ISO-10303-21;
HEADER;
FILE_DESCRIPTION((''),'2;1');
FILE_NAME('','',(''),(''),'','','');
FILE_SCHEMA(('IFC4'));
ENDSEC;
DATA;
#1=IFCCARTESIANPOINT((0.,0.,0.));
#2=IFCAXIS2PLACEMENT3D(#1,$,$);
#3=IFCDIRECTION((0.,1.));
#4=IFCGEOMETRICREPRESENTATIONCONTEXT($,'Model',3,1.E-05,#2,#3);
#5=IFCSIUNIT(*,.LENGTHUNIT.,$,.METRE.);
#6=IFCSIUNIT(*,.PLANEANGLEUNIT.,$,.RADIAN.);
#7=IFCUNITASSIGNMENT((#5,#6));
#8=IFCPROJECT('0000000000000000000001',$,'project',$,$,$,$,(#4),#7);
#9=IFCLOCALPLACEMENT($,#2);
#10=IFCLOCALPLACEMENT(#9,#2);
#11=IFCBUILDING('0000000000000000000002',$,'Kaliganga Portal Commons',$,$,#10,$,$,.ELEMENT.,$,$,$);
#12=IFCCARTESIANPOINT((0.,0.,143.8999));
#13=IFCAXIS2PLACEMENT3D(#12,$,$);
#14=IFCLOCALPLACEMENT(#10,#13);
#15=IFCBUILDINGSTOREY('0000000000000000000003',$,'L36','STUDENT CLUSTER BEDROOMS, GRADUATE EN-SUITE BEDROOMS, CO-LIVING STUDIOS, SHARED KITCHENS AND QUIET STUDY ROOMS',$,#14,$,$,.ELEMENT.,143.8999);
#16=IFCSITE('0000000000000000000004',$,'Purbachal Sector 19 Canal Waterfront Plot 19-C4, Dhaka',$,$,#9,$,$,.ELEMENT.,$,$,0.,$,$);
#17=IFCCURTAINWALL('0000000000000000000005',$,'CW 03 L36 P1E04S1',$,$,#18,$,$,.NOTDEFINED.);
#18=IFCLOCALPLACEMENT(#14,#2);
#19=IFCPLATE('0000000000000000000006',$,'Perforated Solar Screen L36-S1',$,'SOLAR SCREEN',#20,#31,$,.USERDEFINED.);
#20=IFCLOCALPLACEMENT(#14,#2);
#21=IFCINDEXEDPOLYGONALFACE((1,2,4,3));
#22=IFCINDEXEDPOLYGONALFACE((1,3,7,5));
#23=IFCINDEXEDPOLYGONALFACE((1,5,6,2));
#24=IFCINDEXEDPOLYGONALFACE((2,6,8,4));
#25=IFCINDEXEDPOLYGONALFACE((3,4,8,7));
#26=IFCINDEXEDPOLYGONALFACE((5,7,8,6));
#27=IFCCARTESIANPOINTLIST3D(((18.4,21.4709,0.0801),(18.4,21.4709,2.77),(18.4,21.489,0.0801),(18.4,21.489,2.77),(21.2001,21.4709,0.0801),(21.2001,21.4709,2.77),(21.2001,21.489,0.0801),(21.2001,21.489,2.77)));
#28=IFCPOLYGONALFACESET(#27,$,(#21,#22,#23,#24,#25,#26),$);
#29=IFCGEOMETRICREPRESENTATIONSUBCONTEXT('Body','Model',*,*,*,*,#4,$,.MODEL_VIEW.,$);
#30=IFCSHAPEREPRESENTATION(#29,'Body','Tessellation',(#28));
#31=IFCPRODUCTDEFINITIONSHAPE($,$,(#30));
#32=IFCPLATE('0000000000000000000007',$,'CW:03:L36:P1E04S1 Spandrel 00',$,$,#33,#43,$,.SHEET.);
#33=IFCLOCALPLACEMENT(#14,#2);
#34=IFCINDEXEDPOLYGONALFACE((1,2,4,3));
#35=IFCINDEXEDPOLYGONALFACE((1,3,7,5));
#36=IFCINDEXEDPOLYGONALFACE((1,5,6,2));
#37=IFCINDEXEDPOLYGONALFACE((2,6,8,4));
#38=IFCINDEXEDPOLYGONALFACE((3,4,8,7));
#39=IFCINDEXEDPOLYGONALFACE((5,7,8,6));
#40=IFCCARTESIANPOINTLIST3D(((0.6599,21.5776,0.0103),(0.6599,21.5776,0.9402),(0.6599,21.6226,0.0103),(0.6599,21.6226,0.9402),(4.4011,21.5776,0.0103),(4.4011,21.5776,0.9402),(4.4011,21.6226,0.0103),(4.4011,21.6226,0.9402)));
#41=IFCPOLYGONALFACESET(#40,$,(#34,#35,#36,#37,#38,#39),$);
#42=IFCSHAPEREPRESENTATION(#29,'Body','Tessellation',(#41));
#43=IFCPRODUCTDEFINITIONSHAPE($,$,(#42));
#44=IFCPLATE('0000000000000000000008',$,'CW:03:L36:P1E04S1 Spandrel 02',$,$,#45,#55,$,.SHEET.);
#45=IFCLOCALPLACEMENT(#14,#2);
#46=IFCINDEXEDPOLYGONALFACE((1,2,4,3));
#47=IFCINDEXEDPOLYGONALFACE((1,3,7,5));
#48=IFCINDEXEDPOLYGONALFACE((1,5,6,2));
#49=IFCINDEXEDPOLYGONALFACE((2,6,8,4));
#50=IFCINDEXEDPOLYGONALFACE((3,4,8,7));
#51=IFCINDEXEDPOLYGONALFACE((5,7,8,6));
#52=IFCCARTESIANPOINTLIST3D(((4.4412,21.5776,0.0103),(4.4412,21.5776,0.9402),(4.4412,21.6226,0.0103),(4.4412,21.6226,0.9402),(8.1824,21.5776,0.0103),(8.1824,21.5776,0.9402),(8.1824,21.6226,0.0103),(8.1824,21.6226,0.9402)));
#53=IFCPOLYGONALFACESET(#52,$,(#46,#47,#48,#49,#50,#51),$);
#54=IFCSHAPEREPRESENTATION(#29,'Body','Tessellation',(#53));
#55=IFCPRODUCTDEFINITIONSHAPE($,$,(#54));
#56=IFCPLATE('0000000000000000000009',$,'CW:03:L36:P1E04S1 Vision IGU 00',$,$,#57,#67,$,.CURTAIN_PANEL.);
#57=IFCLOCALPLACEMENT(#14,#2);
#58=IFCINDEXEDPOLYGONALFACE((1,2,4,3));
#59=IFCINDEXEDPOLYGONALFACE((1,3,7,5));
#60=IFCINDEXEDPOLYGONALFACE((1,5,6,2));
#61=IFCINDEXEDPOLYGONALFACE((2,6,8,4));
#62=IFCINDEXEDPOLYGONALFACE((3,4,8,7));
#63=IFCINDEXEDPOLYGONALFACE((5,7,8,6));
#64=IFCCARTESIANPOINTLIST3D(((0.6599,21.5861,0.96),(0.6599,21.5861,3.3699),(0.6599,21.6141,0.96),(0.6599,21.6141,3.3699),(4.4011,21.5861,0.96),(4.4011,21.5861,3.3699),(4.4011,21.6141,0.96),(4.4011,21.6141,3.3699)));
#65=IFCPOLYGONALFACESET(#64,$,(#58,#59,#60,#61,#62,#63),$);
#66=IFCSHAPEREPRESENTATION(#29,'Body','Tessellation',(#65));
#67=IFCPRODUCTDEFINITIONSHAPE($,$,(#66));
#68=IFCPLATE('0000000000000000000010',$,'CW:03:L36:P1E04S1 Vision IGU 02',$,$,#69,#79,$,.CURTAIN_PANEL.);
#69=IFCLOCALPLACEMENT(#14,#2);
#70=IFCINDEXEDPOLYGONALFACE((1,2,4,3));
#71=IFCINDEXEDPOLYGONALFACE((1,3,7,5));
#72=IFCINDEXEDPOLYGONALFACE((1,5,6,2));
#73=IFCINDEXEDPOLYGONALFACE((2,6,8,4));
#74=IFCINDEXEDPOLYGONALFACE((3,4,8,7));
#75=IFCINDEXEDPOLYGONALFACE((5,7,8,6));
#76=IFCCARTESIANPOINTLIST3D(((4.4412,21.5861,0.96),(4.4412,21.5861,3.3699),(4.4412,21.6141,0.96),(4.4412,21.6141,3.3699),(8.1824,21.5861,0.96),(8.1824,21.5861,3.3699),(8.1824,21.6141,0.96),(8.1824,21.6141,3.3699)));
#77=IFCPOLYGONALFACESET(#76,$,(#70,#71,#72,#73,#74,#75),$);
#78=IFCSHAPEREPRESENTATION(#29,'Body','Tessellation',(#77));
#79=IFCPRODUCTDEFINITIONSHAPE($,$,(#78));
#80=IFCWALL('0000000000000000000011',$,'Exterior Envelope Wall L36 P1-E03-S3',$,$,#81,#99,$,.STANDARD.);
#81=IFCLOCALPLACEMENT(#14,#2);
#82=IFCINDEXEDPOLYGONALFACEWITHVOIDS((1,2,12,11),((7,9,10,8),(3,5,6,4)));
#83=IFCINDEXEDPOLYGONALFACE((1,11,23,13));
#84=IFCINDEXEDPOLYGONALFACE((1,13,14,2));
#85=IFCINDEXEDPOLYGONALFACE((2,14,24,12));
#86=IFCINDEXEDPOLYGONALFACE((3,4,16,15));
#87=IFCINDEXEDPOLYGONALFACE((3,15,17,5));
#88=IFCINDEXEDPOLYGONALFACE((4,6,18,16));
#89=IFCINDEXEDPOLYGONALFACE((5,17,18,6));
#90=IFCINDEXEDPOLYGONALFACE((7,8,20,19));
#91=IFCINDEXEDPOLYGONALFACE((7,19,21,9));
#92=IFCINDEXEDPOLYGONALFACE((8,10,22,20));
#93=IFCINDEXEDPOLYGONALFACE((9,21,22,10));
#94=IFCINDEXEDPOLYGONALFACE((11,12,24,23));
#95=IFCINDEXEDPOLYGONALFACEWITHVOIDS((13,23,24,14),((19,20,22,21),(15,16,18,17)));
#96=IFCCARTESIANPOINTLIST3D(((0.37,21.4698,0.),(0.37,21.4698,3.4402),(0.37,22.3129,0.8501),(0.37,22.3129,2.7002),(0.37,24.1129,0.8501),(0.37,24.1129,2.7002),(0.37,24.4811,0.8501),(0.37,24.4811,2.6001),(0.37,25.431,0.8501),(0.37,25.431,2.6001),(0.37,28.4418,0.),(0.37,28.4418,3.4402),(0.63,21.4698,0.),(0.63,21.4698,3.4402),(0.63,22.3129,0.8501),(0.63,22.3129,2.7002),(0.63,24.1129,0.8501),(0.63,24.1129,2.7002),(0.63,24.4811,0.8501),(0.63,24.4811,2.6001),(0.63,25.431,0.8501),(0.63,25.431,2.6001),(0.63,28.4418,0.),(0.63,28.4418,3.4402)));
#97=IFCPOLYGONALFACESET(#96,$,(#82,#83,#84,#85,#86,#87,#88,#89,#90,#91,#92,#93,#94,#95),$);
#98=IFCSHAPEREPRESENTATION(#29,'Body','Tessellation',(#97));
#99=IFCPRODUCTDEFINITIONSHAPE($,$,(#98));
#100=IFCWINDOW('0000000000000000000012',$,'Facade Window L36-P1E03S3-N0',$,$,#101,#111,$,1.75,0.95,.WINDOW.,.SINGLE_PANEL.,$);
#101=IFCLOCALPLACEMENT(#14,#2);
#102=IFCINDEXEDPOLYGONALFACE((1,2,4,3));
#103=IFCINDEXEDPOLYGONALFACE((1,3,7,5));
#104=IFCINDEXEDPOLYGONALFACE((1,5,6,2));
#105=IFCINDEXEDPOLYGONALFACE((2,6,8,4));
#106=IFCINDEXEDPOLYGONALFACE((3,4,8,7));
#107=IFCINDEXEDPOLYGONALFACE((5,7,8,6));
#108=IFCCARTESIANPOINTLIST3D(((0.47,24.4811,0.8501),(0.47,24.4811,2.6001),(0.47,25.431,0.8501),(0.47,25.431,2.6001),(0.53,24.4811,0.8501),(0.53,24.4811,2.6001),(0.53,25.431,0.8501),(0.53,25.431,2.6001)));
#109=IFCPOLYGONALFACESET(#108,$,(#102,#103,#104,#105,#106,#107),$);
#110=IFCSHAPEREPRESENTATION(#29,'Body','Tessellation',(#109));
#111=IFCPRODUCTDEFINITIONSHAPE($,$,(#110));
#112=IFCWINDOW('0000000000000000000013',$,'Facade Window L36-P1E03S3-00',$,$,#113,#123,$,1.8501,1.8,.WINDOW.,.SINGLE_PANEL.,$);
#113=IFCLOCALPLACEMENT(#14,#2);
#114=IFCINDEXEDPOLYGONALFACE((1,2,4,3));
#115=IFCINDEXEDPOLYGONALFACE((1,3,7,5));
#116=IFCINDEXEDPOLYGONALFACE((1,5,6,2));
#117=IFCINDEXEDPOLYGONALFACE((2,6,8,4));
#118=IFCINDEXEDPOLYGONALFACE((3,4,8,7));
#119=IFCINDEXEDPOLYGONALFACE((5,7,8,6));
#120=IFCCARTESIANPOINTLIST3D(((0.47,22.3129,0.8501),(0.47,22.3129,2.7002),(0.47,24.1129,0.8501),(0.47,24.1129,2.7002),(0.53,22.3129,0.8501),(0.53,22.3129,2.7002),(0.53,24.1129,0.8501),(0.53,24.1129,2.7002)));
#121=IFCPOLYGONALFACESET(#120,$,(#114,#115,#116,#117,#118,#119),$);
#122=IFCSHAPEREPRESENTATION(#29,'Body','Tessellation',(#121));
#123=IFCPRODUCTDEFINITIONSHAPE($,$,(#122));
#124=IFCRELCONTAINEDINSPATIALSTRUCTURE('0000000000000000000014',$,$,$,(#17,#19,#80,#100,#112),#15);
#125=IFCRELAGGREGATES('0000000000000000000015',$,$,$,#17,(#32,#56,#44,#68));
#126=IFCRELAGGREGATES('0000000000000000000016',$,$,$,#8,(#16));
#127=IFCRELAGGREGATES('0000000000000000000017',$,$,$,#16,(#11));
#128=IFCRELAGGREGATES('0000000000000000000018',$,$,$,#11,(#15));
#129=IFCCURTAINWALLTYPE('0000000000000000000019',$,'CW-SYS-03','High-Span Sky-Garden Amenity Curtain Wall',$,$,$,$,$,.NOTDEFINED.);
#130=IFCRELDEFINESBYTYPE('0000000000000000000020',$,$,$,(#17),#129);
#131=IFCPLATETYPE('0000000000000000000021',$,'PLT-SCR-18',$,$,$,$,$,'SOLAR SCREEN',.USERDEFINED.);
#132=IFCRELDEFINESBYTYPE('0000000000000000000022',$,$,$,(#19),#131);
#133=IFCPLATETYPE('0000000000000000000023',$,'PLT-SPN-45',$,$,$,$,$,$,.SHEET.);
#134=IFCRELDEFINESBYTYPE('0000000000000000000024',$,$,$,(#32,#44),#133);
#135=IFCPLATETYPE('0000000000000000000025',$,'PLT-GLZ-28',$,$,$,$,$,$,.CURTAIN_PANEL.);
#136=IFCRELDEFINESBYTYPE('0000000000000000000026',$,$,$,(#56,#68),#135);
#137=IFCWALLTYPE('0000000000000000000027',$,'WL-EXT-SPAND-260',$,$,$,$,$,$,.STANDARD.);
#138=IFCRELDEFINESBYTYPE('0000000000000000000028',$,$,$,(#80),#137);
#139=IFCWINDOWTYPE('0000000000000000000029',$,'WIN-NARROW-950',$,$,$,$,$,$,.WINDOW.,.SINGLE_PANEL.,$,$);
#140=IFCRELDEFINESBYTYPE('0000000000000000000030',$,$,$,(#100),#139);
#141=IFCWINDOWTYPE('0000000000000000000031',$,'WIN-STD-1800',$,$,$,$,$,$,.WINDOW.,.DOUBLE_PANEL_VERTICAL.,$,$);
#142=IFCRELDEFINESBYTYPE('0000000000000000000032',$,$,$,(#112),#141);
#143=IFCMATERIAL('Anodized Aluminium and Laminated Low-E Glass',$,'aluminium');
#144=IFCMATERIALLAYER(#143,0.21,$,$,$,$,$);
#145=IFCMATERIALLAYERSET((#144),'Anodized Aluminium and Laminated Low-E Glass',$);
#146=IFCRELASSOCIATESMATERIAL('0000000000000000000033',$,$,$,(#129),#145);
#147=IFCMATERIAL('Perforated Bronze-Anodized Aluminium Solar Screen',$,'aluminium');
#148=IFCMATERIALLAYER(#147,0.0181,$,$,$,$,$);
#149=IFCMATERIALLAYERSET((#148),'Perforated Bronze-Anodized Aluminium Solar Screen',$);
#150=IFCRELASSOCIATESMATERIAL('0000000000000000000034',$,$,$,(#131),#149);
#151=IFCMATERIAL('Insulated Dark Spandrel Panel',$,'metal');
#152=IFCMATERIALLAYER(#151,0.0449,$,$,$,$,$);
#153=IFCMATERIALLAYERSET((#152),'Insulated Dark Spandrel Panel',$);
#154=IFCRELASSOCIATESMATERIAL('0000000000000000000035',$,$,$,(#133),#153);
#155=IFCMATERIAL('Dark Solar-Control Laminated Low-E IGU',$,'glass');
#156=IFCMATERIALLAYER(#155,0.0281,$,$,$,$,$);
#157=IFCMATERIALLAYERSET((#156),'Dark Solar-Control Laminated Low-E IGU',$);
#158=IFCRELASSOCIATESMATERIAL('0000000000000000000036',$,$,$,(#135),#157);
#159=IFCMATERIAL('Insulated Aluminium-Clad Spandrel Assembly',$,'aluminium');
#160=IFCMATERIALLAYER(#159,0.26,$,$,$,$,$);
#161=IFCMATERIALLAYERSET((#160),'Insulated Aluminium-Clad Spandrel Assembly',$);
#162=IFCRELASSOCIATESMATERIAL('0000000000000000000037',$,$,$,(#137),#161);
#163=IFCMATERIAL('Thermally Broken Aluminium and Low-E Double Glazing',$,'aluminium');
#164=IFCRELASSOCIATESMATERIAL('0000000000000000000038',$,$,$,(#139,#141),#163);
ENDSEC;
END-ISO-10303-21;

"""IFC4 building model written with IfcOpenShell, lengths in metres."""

from ifc_helpers import new_model, si_unit, direction, frame, frame_2d, origin, origin_2d, place, context, subcontext, project, spatial, rectangle, extrude, source, transform, mapped, material, layer, layer_set, type_object, element, fill, aggregate, save


model = new_model("IFC4")

# Units and contexts
model_context = context("Model", 3, precision=1e-05, world=origin(), true_north=direction((0.0, 1.0)))
body_context = subcontext(model_context, "Body", "Model", "MODEL_VIEW")
ifc_project = project(units=[si_unit("LENGTHUNIT", "METRE"), si_unit("PLANEANGLEUNIT", "RADIAN")], contexts=[model_context])

# Site, building, storey
site_placement = place(None, origin())
site = spatial("IfcSite", under=ifc_project, at=site_placement, Name="Purbachal Sector 19 Canal Waterfront Plot 19-C4, Dhaka", CompositionType="ELEMENT", RefElevation=0.0)
building_placement = place(site_placement, origin())
building = spatial("IfcBuilding", under=site, at=building_placement, Name="Kaliganga Portal Commons", CompositionType="ELEMENT")
storey_placement = place(building_placement, frame((0.0, 0.0, 143.8999)))
storey = spatial("IfcBuildingStorey", under=building, at=storey_placement, Name="L36", Description="STUDENT CLUSTER BEDROOMS, GRADUATE EN-SUITE BEDROOMS, CO-LIVING STUDIOS, SHARED KITCHENS AND QUIET STUDY ROOMS", CompositionType="ELEMENT", Elevation=143.8999)

# Curtain wall
ifc_material_1 = material(Name="Anodized Aluminium and Laminated Low-E Glass", Category="aluminium")
ifc_layer_1 = layer(ifc_material_1, 0.21)
ifc_layer_set_1 = layer_set([ifc_layer_1], Name="Anodized Aluminium and Laminated Low-E Glass")
curtain_wall_type = type_object("IfcCurtainWallType", Name="CW-SYS-03", Description="High-Span Sky-Garden Amenity Curtain Wall", PredefinedType="NOTDEFINED", material=ifc_layer_set_1)
curtain_wall_placement = place(storey_placement, origin())
curtain_wall = element("IfcCurtainWall", 1, at=curtain_wall_placement, inside=storey, type_object=curtain_wall_type, Name="CW 03 L36 P1E04S1", PredefinedType="NOTDEFINED")

# Plates
ifc_material_2 = material(Name="Perforated Bronze-Anodized Aluminium Solar Screen", Category="aluminium")
ifc_layer_2 = layer(ifc_material_2, 0.0181)
ifc_layer_set_2 = layer_set([ifc_layer_2], Name="Perforated Bronze-Anodized Aluminium Solar Screen")
plate_type_1 = type_object("IfcPlateType", Name="PLT-SCR-18", ElementType="SOLAR SCREEN", PredefinedType="USERDEFINED", material=ifc_layer_set_2)
shared_shape_1 = source(origin(), body_context, "Body", "SweptSolid", [
    extrude(rectangle(XDim=2.8, YDim=0.0181, at=origin_2d()), origin(), (0.0, 0.0, 1.0), 2.6899),
])
plate_1_placement = place(storey_placement, frame((19.8, 21.48, 0.0801), z_axis=(0.0, 0.0, 1.0), x_axis=(1.0, 0.0, 0.0)))
element("IfcPlate", 2, at=plate_1_placement, inside=storey, type_object=plate_type_1, Name="Perforated Solar Screen L36-S1", ObjectType="SOLAR SCREEN", PredefinedType="USERDEFINED", context=body_context, shape_type="MappedRepresentation", body=[
    mapped(shared_shape_1, transform((0.0, 0.0, 0.0), x_axis=(1.0, 0.0, 0.0), y_axis=(0.0, 1.0, 0.0), z_axis=(0.0, 0.0, 1.0), scale=1.0)),
])
ifc_material_3 = material(Name="Insulated Dark Spandrel Panel", Category="metal")
ifc_layer_3 = layer(ifc_material_3, 0.0449)
ifc_layer_set_3 = layer_set([ifc_layer_3], Name="Insulated Dark Spandrel Panel")
plate_type_2 = type_object("IfcPlateType", Name="PLT-SPN-45", PredefinedType="SHEET", material=ifc_layer_set_3)
shared_shape_2 = source(origin(), body_context, "Body", "SweptSolid", [
    extrude(rectangle(XDim=3.7412, YDim=0.0449, at=origin_2d()), origin(), (0.0, 0.0, 1.0), 0.9299),
])
plate_2_placement = place(storey_placement, frame((2.5305, 21.6001, 0.0103), z_axis=(0.0, 0.0, 1.0), x_axis=(1.0, 0.0, 0.0)))
plate_2 = element("IfcPlate", 3, at=plate_2_placement, type_object=plate_type_2, Name="CW:03:L36:P1E04S1 Spandrel 00", PredefinedType="SHEET", context=body_context, shape_type="MappedRepresentation", body=[
    mapped(shared_shape_2, transform((0.0, 0.0, 0.0), x_axis=(1.0, 0.0, 0.0), y_axis=(0.0, 1.0, 0.0), z_axis=(0.0, 0.0, 1.0), scale=1.0)),
])
plate_3_placement = place(storey_placement, frame((6.3118, 21.6001, 0.0103), z_axis=(0.0, 0.0, 1.0), x_axis=(1.0, 0.0, 0.0)))
plate_3 = element("IfcPlate", 4, at=plate_3_placement, type_object=plate_type_2, Name="CW:03:L36:P1E04S1 Spandrel 02", PredefinedType="SHEET", context=body_context, shape_type="MappedRepresentation", body=[
    mapped(shared_shape_2, transform((0.0, 0.0, 0.0), x_axis=(1.0, 0.0, 0.0), y_axis=(0.0, 1.0, 0.0), z_axis=(0.0, 0.0, 1.0), scale=1.0)),
])
ifc_material_4 = material(Name="Dark Solar-Control Laminated Low-E IGU", Category="glass")
ifc_layer_4 = layer(ifc_material_4, 0.0281)
ifc_layer_set_4 = layer_set([ifc_layer_4], Name="Dark Solar-Control Laminated Low-E IGU")
plate_type_3 = type_object("IfcPlateType", Name="PLT-GLZ-28", PredefinedType="CURTAIN_PANEL", material=ifc_layer_set_4)
shared_shape_3 = source(origin(), body_context, "Body", "SweptSolid", [
    extrude(rectangle(XDim=3.7412, YDim=0.0281, at=origin_2d()), origin(), (0.0, 0.0, 1.0), 2.4099),
])
plate_4_placement = place(storey_placement, frame((2.5305, 21.6001, 0.96), z_axis=(0.0, 0.0, 1.0), x_axis=(1.0, 0.0, 0.0)))
plate_4 = element("IfcPlate", 5, at=plate_4_placement, type_object=plate_type_3, Name="CW:03:L36:P1E04S1 Vision IGU 00", PredefinedType="CURTAIN_PANEL", context=body_context, shape_type="MappedRepresentation", body=[
    mapped(shared_shape_3, transform((0.0, 0.0, 0.0), x_axis=(1.0, 0.0, 0.0), y_axis=(0.0, 1.0, 0.0), z_axis=(0.0, 0.0, 1.0), scale=1.0)),
])
plate_5_placement = place(storey_placement, frame((6.3118, 21.6001, 0.96), z_axis=(0.0, 0.0, 1.0), x_axis=(1.0, 0.0, 0.0)))
plate_5 = element("IfcPlate", 6, at=plate_5_placement, type_object=plate_type_3, Name="CW:03:L36:P1E04S1 Vision IGU 02", PredefinedType="CURTAIN_PANEL", context=body_context, shape_type="MappedRepresentation", body=[
    mapped(shared_shape_3, transform((0.0, 0.0, 0.0), x_axis=(1.0, 0.0, 0.0), y_axis=(0.0, 1.0, 0.0), z_axis=(0.0, 0.0, 1.0), scale=1.0)),
])
aggregate(curtain_wall, [plate_2, plate_4, plate_3, plate_5])

# Wall, openings, windows
ifc_material_5 = material(Name="Insulated Aluminium-Clad Spandrel Assembly", Category="aluminium")
ifc_layer_5 = layer(ifc_material_5, 0.26)
ifc_layer_set_5 = layer_set([ifc_layer_5], Name="Insulated Aluminium-Clad Spandrel Assembly")
wall_type = type_object("IfcWallType", Name="WL-EXT-SPAND-260", PredefinedType="STANDARD", material=ifc_layer_set_5)
wall_placement = place(storey_placement, frame((0.5, 21.47, 0.0), z_axis=(0.0, 0.0, 1.0), x_axis=(0.0, 1.0, 0.0)))
wall = element("IfcWall", 7, at=wall_placement, inside=storey, type_object=wall_type, Name="Exterior Envelope Wall L36 P1-E03-S3", PredefinedType="STANDARD", context=body_context, shape_type="SweptSolid", body=[
    extrude(rectangle(XDim=6.9719, YDim=0.26, at=frame_2d((3.4858, 0.0))), origin(), (0.0, 0.0, 1.0), 3.4402),
])
opening_1_placement = place(wall_placement, frame((0.843, 0.0, 0.8501)))
opening_1 = element("IfcOpeningElement", 8, at=opening_1_placement, cuts=wall, PredefinedType="OPENING", context=body_context, shape_type="SweptSolid", body=[
    extrude(rectangle(XDim=1.8, YDim=1.8501, at=frame_2d((0.8999, 0.925))), frame((0.0, 0.1401, 0.0), z_axis=(0.0, -1.0, 0.0), x_axis=(1.0, 0.0, 0.0)), (0.0, 0.0, 1.0), 0.28),
])
opening_2_placement = place(wall_placement, frame((3.011, 0.0, 0.8501)))
opening_2 = element("IfcOpeningElement", 9, at=opening_2_placement, cuts=wall, PredefinedType="OPENING", context=body_context, shape_type="SweptSolid", body=[
    extrude(rectangle(XDim=0.95, YDim=1.75, at=frame_2d((0.4751, 0.875))), frame((0.0, 0.1401, 0.0), z_axis=(0.0, -1.0, 0.0), x_axis=(1.0, 0.0, 0.0)), (0.0, 0.0, 1.0), 0.28),
])
ifc_material_6 = material(Name="Thermally Broken Aluminium and Low-E Double Glazing", Category="aluminium")
window_type_1 = type_object("IfcWindowType", Name="WIN-NARROW-950", PartitioningType="SINGLE_PANEL", PredefinedType="WINDOW", material=ifc_material_6)
window_1_placement = place(opening_2_placement, origin())
window_1 = element("IfcWindow", 10, at=window_1_placement, inside=storey, type_object=window_type_1, Name="Facade Window L36-P1E03S3-N0", OverallHeight=1.75, OverallWidth=0.95, PartitioningType="SINGLE_PANEL", PredefinedType="WINDOW", context=body_context, shape_type="SweptSolid", body=[
    extrude(rectangle(XDim=0.95, YDim=1.75, at=frame_2d((0.4751, 0.875))), frame((0.0, 0.03, 0.0), z_axis=(0.0, -1.0, 0.0), x_axis=(1.0, 0.0, 0.0)), (0.0, 0.0, 1.0), 0.0601),
])
fill(opening_2, window_1)
window_type_2 = type_object("IfcWindowType", Name="WIN-STD-1800", PartitioningType="DOUBLE_PANEL_VERTICAL", PredefinedType="WINDOW", material=ifc_material_6)
window_2_placement = place(opening_1_placement, origin())
window_2 = element("IfcWindow", 11, at=window_2_placement, inside=storey, type_object=window_type_2, Name="Facade Window L36-P1E03S3-00", OverallHeight=1.8501, OverallWidth=1.8, PartitioningType="SINGLE_PANEL", PredefinedType="WINDOW", context=body_context, shape_type="SweptSolid", body=[
    extrude(rectangle(XDim=1.8, YDim=1.8501, at=frame_2d((0.8999, 0.925))), frame((0.0, 0.03, 0.0), z_axis=(0.0, -1.0, 0.0), x_axis=(1.0, 0.0, 0.0)), (0.0, 0.0, 1.0), 0.0601),
])
fill(opening_1, window_2)

save(model, "model.ifc")
